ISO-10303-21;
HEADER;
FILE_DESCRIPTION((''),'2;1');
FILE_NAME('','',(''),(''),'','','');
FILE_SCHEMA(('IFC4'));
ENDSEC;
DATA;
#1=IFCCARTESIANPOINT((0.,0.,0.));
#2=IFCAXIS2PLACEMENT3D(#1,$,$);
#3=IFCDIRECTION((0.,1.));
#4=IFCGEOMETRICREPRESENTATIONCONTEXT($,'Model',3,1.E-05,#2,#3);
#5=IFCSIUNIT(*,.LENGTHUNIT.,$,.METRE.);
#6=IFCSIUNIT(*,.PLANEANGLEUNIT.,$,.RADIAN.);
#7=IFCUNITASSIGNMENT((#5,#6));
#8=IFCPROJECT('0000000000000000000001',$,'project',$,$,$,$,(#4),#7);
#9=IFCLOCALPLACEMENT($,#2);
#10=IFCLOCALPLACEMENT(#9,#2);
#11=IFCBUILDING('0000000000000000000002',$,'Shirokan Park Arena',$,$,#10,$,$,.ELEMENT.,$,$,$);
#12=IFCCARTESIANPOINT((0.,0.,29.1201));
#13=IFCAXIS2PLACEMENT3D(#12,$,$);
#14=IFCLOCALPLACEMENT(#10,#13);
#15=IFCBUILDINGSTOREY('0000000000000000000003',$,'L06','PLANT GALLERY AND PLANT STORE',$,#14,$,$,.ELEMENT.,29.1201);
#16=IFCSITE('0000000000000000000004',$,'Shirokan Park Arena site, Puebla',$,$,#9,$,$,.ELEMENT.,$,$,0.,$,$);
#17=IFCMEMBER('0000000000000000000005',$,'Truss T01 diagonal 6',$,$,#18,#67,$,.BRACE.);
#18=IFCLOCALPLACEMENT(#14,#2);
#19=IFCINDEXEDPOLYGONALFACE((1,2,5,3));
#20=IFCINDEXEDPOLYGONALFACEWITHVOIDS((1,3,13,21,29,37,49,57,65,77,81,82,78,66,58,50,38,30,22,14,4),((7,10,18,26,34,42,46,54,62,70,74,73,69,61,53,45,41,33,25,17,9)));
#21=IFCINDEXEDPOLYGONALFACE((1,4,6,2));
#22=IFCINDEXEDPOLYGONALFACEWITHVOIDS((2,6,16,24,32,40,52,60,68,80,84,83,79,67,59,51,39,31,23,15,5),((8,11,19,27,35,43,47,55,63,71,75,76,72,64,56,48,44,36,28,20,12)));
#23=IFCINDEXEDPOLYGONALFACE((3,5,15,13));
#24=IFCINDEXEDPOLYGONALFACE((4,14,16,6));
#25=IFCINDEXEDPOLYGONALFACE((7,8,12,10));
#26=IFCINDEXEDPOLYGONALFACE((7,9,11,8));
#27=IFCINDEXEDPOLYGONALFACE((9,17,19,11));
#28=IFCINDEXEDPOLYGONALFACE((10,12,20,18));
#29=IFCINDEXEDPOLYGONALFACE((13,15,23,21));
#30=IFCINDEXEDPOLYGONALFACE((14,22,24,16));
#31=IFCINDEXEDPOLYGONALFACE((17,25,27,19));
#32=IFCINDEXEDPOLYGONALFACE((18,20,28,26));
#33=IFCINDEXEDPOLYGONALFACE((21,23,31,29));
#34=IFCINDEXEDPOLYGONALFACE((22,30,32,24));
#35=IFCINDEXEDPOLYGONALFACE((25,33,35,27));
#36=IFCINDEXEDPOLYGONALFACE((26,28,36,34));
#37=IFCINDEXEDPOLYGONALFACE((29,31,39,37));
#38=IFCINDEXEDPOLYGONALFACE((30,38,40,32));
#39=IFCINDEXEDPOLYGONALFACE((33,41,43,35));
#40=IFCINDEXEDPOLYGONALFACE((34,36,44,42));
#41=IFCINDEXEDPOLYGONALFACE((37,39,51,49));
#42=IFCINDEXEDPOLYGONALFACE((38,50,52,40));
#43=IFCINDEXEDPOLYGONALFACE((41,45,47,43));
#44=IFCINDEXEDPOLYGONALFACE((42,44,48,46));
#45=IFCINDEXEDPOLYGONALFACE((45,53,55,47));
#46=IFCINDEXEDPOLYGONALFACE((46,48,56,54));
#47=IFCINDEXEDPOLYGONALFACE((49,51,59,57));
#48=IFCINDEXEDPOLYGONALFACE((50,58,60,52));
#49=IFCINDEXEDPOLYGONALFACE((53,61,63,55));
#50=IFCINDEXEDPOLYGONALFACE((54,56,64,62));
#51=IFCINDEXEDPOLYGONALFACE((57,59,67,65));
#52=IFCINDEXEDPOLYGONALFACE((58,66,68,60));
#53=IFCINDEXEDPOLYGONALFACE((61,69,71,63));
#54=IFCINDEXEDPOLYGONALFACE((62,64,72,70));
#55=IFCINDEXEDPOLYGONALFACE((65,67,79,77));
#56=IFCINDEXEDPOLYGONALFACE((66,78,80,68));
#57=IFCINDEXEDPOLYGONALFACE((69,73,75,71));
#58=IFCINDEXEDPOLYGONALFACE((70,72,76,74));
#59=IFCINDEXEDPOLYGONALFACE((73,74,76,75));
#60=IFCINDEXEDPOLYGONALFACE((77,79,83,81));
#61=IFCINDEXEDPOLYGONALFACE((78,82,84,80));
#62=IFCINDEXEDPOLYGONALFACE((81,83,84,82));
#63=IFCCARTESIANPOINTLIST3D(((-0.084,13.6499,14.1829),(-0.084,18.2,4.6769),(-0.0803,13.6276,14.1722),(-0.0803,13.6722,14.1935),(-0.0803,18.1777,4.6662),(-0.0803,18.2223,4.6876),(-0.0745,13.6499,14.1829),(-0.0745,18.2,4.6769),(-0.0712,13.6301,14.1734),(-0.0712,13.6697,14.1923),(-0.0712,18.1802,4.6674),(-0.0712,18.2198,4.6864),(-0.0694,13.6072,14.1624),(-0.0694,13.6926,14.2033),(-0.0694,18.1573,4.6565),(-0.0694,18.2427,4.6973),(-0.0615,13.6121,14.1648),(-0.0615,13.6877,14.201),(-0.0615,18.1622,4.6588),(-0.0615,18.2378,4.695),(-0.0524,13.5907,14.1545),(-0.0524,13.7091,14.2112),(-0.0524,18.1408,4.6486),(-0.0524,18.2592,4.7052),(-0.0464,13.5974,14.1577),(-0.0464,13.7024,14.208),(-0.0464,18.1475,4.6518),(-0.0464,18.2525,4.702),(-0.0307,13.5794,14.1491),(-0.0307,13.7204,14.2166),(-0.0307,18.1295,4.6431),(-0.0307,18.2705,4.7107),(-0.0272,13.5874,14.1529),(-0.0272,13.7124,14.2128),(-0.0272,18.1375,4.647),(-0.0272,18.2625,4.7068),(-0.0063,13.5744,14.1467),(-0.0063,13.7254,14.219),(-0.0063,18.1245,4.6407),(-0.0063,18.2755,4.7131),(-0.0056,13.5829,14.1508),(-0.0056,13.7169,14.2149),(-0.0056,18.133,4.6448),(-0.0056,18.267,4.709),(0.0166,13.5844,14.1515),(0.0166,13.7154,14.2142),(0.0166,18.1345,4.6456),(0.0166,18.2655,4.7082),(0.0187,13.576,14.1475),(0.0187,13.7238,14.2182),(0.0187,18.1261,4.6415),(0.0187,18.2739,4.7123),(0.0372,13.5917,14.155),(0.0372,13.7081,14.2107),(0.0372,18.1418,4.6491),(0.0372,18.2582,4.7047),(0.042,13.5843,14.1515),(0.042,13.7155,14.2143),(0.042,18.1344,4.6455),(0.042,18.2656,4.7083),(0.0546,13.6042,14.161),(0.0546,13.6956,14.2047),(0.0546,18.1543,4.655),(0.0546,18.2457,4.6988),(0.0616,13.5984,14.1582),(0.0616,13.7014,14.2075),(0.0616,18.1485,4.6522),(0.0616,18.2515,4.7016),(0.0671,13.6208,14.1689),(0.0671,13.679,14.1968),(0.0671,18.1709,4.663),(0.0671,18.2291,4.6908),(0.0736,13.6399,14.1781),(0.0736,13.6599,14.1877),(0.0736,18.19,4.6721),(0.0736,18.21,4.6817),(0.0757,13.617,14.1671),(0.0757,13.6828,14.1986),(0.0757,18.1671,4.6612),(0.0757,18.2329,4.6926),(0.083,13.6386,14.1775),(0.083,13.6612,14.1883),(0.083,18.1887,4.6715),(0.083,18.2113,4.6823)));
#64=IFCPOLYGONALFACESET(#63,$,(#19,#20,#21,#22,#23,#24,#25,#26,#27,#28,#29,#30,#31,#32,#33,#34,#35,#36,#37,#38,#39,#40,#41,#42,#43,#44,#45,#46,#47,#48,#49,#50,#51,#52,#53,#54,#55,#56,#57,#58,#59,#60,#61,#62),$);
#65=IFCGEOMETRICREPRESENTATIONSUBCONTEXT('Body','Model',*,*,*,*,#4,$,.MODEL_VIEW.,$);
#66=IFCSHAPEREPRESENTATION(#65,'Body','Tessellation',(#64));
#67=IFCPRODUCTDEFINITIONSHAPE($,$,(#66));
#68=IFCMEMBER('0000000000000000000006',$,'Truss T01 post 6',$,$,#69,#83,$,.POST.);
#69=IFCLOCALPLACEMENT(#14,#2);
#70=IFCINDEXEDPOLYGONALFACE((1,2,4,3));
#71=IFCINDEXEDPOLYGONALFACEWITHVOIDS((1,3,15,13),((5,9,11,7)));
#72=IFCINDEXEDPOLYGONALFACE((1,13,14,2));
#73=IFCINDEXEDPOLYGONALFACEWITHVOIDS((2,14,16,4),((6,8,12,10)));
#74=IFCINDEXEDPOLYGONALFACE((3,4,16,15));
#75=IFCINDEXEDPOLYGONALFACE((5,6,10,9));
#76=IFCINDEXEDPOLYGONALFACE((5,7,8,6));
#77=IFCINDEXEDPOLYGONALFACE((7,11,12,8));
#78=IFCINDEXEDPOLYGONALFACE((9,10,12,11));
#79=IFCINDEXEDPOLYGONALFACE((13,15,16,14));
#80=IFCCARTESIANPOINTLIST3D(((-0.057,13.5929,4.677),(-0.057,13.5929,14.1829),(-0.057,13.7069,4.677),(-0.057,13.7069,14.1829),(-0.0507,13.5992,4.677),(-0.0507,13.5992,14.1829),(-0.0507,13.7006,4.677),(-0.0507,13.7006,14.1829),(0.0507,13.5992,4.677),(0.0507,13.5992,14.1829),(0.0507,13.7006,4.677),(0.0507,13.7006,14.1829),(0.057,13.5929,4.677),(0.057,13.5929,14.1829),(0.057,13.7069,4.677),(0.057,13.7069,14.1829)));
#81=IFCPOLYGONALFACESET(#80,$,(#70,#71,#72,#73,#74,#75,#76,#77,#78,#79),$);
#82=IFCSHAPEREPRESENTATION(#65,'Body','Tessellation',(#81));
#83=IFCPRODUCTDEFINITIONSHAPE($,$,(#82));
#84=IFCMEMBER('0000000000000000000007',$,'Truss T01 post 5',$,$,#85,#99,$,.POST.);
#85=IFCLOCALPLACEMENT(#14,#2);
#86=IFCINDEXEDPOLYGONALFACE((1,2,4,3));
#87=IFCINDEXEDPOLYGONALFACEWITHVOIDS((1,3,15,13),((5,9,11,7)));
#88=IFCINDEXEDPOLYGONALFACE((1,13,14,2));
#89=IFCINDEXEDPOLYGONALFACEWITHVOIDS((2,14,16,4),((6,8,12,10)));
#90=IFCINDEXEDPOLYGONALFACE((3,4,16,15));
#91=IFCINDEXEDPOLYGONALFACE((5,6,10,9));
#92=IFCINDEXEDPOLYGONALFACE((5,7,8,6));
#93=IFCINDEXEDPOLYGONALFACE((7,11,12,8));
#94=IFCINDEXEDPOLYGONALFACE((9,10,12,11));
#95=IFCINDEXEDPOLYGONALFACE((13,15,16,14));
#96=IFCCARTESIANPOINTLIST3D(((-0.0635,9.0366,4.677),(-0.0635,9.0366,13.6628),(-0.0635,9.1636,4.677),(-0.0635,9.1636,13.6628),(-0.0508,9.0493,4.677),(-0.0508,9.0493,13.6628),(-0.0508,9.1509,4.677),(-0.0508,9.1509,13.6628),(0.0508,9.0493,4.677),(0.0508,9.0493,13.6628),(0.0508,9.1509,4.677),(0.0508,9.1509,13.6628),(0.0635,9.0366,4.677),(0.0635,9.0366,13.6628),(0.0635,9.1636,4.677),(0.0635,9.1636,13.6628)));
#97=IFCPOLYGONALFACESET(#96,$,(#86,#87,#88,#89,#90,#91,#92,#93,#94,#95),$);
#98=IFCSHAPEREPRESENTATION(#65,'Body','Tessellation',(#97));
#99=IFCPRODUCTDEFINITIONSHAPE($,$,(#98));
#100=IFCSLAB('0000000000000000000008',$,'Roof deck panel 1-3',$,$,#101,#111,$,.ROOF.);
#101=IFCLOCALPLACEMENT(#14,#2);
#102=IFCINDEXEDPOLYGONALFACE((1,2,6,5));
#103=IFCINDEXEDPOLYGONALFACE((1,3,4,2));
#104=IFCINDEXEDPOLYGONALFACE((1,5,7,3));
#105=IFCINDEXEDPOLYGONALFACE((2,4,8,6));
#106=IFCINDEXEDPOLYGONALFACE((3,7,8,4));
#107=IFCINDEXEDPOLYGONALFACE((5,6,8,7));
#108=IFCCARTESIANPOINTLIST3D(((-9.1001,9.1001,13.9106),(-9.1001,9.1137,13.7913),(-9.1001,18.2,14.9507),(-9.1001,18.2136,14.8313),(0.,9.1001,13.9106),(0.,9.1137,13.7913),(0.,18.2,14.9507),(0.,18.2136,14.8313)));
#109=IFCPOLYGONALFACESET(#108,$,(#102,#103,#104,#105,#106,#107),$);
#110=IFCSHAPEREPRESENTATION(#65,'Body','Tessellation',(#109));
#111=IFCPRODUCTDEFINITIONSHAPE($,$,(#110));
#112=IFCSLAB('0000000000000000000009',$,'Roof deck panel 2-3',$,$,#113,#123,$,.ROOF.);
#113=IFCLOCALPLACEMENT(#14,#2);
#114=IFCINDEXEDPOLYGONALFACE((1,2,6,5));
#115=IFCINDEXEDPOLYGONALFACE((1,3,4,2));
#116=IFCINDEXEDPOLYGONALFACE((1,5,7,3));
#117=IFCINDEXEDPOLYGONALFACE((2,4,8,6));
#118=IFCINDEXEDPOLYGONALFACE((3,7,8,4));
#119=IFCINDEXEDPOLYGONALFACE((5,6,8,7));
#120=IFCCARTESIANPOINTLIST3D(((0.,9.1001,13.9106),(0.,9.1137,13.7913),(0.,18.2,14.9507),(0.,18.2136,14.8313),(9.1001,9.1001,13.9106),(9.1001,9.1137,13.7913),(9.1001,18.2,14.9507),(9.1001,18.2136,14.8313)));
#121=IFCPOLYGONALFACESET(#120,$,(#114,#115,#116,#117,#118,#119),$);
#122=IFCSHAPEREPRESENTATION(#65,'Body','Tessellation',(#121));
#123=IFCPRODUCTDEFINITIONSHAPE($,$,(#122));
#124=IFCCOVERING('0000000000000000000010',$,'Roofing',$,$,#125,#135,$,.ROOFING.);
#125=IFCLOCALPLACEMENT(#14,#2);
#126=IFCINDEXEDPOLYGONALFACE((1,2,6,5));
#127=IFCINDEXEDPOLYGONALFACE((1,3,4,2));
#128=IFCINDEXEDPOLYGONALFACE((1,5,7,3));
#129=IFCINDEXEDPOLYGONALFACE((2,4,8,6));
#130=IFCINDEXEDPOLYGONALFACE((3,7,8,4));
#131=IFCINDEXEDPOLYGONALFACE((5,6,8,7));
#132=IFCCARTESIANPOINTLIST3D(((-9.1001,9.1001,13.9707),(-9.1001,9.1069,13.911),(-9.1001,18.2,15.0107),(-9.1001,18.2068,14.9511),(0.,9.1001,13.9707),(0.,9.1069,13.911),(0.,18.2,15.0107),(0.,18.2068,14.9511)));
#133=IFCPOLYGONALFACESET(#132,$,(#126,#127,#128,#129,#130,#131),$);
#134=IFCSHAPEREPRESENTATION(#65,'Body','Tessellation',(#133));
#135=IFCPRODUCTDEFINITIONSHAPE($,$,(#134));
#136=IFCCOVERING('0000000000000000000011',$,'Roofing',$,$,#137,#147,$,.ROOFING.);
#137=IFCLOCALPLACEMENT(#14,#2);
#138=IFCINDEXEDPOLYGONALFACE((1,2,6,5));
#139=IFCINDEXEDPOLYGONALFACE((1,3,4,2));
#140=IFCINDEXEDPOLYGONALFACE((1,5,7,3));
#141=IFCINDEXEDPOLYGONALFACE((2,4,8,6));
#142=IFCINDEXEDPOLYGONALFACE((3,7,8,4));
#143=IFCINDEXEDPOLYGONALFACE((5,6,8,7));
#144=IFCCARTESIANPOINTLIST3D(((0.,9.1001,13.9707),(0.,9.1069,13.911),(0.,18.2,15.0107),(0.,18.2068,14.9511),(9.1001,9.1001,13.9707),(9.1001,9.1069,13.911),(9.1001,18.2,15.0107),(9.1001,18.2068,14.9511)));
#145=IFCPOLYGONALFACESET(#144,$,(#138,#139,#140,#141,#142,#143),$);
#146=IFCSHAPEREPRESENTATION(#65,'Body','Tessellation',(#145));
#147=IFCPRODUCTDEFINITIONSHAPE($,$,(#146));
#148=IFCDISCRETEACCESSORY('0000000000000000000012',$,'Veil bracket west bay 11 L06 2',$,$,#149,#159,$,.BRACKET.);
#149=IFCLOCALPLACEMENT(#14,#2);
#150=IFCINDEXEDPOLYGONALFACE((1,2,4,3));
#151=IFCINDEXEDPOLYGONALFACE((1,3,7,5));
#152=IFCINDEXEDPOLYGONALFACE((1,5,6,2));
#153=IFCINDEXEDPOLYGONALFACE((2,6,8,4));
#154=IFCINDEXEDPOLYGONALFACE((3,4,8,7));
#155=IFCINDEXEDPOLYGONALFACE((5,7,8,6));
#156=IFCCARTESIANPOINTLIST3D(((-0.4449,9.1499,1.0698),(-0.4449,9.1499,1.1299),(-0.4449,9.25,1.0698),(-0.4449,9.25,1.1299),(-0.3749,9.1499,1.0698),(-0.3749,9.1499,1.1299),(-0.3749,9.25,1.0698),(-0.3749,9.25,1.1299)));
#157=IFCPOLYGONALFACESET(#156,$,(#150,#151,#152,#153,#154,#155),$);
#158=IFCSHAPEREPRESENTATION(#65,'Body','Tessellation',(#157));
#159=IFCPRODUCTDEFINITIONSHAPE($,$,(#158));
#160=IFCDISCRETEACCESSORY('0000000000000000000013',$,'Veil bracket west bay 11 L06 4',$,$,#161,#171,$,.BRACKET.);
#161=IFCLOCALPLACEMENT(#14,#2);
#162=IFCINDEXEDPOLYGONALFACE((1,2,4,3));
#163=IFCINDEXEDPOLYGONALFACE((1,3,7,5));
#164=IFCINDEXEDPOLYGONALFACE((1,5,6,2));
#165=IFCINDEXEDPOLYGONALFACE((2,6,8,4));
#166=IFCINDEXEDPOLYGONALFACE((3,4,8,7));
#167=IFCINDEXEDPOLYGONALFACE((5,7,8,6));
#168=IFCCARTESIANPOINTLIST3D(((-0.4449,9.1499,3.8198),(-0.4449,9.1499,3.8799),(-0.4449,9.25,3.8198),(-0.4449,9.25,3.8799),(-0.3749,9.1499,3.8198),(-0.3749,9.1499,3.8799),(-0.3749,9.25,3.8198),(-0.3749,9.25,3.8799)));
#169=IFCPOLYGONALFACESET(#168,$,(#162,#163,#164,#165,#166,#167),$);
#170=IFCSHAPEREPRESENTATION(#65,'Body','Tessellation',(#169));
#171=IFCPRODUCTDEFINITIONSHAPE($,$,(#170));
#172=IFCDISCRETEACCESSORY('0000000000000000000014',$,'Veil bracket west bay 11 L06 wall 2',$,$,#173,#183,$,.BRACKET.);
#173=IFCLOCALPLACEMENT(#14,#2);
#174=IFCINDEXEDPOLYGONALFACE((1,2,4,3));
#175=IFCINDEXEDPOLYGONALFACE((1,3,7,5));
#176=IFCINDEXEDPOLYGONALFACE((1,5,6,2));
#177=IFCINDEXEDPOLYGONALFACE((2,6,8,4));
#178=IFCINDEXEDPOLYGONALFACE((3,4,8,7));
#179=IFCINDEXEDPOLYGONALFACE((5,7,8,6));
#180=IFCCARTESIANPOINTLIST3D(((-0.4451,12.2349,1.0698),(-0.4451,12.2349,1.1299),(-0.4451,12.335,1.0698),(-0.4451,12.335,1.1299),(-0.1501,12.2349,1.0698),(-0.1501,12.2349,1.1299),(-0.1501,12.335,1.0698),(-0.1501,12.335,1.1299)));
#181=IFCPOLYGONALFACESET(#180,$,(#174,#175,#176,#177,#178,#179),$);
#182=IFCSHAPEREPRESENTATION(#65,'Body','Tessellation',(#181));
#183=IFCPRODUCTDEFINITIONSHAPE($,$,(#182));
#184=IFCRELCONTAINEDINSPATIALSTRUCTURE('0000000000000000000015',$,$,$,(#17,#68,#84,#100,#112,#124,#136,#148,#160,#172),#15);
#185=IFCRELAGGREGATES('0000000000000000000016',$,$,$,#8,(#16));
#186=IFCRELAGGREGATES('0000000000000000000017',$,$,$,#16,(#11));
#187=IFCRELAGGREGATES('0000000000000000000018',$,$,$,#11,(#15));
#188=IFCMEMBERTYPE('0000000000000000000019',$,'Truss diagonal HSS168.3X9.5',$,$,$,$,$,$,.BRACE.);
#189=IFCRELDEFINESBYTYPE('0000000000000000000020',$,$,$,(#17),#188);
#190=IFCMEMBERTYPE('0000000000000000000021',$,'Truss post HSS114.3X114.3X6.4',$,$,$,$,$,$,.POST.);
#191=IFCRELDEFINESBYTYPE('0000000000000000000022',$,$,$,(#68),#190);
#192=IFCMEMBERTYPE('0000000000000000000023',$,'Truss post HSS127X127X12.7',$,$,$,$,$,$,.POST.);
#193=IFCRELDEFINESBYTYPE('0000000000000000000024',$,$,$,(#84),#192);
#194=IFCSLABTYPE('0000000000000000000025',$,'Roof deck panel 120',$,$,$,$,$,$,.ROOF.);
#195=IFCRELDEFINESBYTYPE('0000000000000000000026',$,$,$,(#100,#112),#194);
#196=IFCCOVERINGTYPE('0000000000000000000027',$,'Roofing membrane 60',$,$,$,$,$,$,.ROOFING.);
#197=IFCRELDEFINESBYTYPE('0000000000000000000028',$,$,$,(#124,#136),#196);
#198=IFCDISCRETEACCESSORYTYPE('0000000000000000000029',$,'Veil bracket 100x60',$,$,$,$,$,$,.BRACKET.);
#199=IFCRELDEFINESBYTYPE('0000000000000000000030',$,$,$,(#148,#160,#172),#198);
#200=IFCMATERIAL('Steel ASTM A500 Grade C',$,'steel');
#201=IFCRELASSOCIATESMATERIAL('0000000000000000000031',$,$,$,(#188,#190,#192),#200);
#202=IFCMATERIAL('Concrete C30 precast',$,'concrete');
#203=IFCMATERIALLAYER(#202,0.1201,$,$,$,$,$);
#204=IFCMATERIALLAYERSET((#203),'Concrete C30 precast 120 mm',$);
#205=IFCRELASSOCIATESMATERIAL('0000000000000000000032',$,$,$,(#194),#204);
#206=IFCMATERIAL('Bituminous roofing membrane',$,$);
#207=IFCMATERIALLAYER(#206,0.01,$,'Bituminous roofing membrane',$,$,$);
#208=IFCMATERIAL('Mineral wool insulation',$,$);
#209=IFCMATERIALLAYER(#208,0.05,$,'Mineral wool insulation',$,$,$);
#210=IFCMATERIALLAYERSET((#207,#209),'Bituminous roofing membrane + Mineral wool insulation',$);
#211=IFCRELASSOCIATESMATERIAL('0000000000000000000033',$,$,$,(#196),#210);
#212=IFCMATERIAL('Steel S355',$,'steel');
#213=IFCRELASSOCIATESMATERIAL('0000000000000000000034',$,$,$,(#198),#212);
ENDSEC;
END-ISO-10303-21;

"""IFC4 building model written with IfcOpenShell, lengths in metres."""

from ifc_helpers import new_model, si_unit, direction, frame, origin, origin_2d, place, context, subcontext, project, spatial, polyline, rectangle, hollow_rectangle, hollow_circle, outline, extrude, material, layer, layer_set, material_profile, profile_set, type_object, element, save


model = new_model("IFC4")

# Units and contexts
model_context = context("Model", 3, precision=1e-05, world=origin(), true_north=direction((0.0, 1.0)))
body_context = subcontext(model_context, "Body", "Model", "MODEL_VIEW")
ifc_project = project(units=[si_unit("LENGTHUNIT", "METRE"), si_unit("PLANEANGLEUNIT", "RADIAN")], contexts=[model_context])

# Site, building, storey
site_placement = place(None, origin())
site = spatial("IfcSite", under=ifc_project, at=site_placement, Name="Shirokan Park Arena site, Puebla", CompositionType="ELEMENT", RefElevation=0.0)
building_placement = place(site_placement, origin())
building = spatial("IfcBuilding", under=site, at=building_placement, Name="Shirokan Park Arena", CompositionType="ELEMENT")
storey_placement = place(building_placement, frame((0.0, 0.0, 29.1201)))
storey = spatial("IfcBuildingStorey", under=building, at=storey_placement, Name="L06", Description="PLANT GALLERY AND PLANT STORE", CompositionType="ELEMENT", Elevation=29.1201)

# Shared definitions
ifc_material_1 = material(Name="Steel ASTM A500 Grade C", Category="steel")

# Members
ifc_material_profile_1 = material_profile(ifc_material_1, hollow_circle(Radius=0.084, WallThickness=0.0095, at=origin_2d()), Name="HSS168.3X9.5")
ifc_profile_set_1 = profile_set([ifc_material_profile_1], Name="Steel ASTM A500 Grade C")
member_type_1 = type_object("IfcMemberType", Name="Truss diagonal HSS168.3X9.5", PredefinedType="BRACE", material=ifc_profile_set_1)
member_1_placement = place(storey_placement, frame((0.0, 13.6499, 14.1829), z_axis=(0.0, 0.431746, -0.901995), x_axis=(-1.0, 0.0, 0.0)))
element("IfcMember", 1, at=member_1_placement, inside=storey, type_object=member_type_1, Name="Truss T01 diagonal 6", PredefinedType="BRACE", context=body_context, shape_type="SweptSolid", body=[
    extrude(hollow_circle(Radius=0.084, WallThickness=0.0095, at=origin_2d()), origin(), (0.0, 0.0, 1.0), 10.5388),
])
ifc_material_profile_2 = material_profile(ifc_material_1, hollow_rectangle(XDim=0.114, YDim=0.114, WallThickness=0.0063, at=origin_2d()), Name="HSS114.3X114.3X6.4")
ifc_profile_set_2 = profile_set([ifc_material_profile_2], Name="Steel ASTM A500 Grade C")
member_type_2 = type_object("IfcMemberType", Name="Truss post HSS114.3X114.3X6.4", PredefinedType="POST", material=ifc_profile_set_2)
member_2_placement = place(storey_placement, frame((0.0, 13.6499, 4.677), z_axis=(0.0, 0.0, 1.0), x_axis=(1.0, 0.0, 0.0)))
element("IfcMember", 2, at=member_2_placement, inside=storey, type_object=member_type_2, Name="Truss T01 post 6", PredefinedType="POST", context=body_context, shape_type="SweptSolid", body=[
    extrude(hollow_rectangle(XDim=0.114, YDim=0.114, WallThickness=0.0063, at=origin_2d()), origin(), (0.0, 0.0, 1.0), 9.5059),
])
ifc_material_profile_3 = material_profile(ifc_material_1, hollow_rectangle(XDim=0.127, YDim=0.127, WallThickness=0.0127, at=origin_2d()), Name="HSS127X127X12.7")
ifc_profile_set_3 = profile_set([ifc_material_profile_3], Name="Steel ASTM A500 Grade C")
member_type_3 = type_object("IfcMemberType", Name="Truss post HSS127X127X12.7", PredefinedType="POST", material=ifc_profile_set_3)
member_3_placement = place(storey_placement, frame((0.0, 9.1001, 4.677), z_axis=(0.0, 0.0, 1.0), x_axis=(1.0, 0.0, 0.0)))
element("IfcMember", 3, at=member_3_placement, inside=storey, type_object=member_type_3, Name="Truss T01 post 5", PredefinedType="POST", context=body_context, shape_type="SweptSolid", body=[
    extrude(hollow_rectangle(XDim=0.127, YDim=0.127, WallThickness=0.0127, at=origin_2d()), origin(), (0.0, 0.0, 1.0), 8.9858),
])

# Slabs
ifc_material_2 = material(Name="Concrete C30 precast", Category="concrete")
ifc_layer_1 = layer(ifc_material_2, 0.1201)
ifc_layer_set_1 = layer_set([ifc_layer_1], Name="Concrete C30 precast 120 mm")
slab_type = type_object("IfcSlabType", Name="Roof deck panel 120", PredefinedType="ROOF", material=ifc_layer_set_1)
for number, where, z_axis, x_axis, name in (
    (4, (-9.1001, 9.1001, 13.9106), (0.0, -0.113553, 0.993532), (1.0, 0.0, 0.0), "Roof deck panel 1-3"),
    (5, (0.0, 9.1001, 13.9106), (0.0, -0.113553, 0.993532), (1.0, 0.0, 0.0), "Roof deck panel 2-3"),
):
    element("IfcSlab", number, at=place(storey_placement, frame(where, z_axis=z_axis, x_axis=x_axis)), inside=storey, type_object=slab_type, Name=name, PredefinedType="ROOF", context=body_context, shape_type="SweptSolid", body=[
        extrude(outline(polyline([(0.0, 0.0), (9.1001, 0.0), (9.1001, 9.1591), (0.0, 9.1591), (0.0, 0.0)])), origin(), (0.0, 0.0, -1.0), 0.1201),
    ])

# Coverings
ifc_material_3 = material(Name="Bituminous roofing membrane")
ifc_layer_2 = layer(ifc_material_3, 0.01, Name="Bituminous roofing membrane")
ifc_material_4 = material(Name="Mineral wool insulation")
ifc_layer_3 = layer(ifc_material_4, 0.05, Name="Mineral wool insulation")
ifc_layer_set_2 = layer_set([ifc_layer_2, ifc_layer_3], Name="Bituminous roofing membrane + Mineral wool insulation")
covering_type = type_object("IfcCoveringType", Name="Roofing membrane 60", PredefinedType="ROOFING", material=ifc_layer_set_2)
for number, where, z_axis, x_axis, name in (
    (6, (-9.1001, 9.1001, 13.9707), (0.0, -0.113553, 0.993532), (1.0, 0.0, 0.0), "Roofing"),
    (7, (0.0, 9.1001, 13.9707), (0.0, -0.113553, 0.993532), (1.0, 0.0, 0.0), "Roofing"),
):
    element("IfcCovering", number, at=place(storey_placement, frame(where, z_axis=z_axis, x_axis=x_axis)), inside=storey, type_object=covering_type, Name=name, PredefinedType="ROOFING", context=body_context, shape_type="SweptSolid", body=[
        extrude(outline(polyline([(0.0, 0.0), (9.1001, 0.0), (9.1001, 9.1591), (0.0, 9.1591), (0.0, 0.0)])), origin(), (0.0, 0.0, -1.0), 0.0601),
    ])

# Discrete accessories
ifc_material_5 = material(Name="Steel S355", Category="steel")
discrete_accessory_type = type_object("IfcDiscreteAccessoryType", Name="Veil bracket 100x60", PredefinedType="BRACKET", material=ifc_material_5)
for number, where, z_axis, x_axis, name in (
    (8, (-0.4099, 9.2, 1.0698), (0.0, 0.0, 1.0), (0.0, -1.0, 0.0), "Veil bracket west bay 11 L06 2"),
    (9, (-0.4099, 9.2, 3.8198), (0.0, 0.0, 1.0), (0.0, -1.0, 0.0), "Veil bracket west bay 11 L06 4"),
):
    element("IfcDiscreteAccessory", number, at=place(storey_placement, frame(where, z_axis=z_axis, x_axis=x_axis)), inside=storey, type_object=discrete_accessory_type, Name=name, PredefinedType="BRACKET", context=body_context, shape_type="SweptSolid", body=[
        extrude(rectangle(XDim=0.1001, YDim=0.0701, at=origin_2d()), origin(), (0.0, 0.0, 1.0), 0.0601),
    ])
discrete_accessory_1_placement = place(storey_placement, frame((-0.2976, 12.2849, 1.0698), z_axis=(0.0, 0.0, 1.0), x_axis=(0.0, -1.0, 0.0)))
element("IfcDiscreteAccessory", 10, at=discrete_accessory_1_placement, inside=storey, type_object=discrete_accessory_type, Name="Veil bracket west bay 11 L06 wall 2", PredefinedType="BRACKET", context=body_context, shape_type="SweptSolid", body=[
    extrude(rectangle(XDim=0.1001, YDim=0.2949, at=origin_2d()), origin(), (0.0, 0.0, 1.0), 0.0601),
])

save(model, "model.ifc")
